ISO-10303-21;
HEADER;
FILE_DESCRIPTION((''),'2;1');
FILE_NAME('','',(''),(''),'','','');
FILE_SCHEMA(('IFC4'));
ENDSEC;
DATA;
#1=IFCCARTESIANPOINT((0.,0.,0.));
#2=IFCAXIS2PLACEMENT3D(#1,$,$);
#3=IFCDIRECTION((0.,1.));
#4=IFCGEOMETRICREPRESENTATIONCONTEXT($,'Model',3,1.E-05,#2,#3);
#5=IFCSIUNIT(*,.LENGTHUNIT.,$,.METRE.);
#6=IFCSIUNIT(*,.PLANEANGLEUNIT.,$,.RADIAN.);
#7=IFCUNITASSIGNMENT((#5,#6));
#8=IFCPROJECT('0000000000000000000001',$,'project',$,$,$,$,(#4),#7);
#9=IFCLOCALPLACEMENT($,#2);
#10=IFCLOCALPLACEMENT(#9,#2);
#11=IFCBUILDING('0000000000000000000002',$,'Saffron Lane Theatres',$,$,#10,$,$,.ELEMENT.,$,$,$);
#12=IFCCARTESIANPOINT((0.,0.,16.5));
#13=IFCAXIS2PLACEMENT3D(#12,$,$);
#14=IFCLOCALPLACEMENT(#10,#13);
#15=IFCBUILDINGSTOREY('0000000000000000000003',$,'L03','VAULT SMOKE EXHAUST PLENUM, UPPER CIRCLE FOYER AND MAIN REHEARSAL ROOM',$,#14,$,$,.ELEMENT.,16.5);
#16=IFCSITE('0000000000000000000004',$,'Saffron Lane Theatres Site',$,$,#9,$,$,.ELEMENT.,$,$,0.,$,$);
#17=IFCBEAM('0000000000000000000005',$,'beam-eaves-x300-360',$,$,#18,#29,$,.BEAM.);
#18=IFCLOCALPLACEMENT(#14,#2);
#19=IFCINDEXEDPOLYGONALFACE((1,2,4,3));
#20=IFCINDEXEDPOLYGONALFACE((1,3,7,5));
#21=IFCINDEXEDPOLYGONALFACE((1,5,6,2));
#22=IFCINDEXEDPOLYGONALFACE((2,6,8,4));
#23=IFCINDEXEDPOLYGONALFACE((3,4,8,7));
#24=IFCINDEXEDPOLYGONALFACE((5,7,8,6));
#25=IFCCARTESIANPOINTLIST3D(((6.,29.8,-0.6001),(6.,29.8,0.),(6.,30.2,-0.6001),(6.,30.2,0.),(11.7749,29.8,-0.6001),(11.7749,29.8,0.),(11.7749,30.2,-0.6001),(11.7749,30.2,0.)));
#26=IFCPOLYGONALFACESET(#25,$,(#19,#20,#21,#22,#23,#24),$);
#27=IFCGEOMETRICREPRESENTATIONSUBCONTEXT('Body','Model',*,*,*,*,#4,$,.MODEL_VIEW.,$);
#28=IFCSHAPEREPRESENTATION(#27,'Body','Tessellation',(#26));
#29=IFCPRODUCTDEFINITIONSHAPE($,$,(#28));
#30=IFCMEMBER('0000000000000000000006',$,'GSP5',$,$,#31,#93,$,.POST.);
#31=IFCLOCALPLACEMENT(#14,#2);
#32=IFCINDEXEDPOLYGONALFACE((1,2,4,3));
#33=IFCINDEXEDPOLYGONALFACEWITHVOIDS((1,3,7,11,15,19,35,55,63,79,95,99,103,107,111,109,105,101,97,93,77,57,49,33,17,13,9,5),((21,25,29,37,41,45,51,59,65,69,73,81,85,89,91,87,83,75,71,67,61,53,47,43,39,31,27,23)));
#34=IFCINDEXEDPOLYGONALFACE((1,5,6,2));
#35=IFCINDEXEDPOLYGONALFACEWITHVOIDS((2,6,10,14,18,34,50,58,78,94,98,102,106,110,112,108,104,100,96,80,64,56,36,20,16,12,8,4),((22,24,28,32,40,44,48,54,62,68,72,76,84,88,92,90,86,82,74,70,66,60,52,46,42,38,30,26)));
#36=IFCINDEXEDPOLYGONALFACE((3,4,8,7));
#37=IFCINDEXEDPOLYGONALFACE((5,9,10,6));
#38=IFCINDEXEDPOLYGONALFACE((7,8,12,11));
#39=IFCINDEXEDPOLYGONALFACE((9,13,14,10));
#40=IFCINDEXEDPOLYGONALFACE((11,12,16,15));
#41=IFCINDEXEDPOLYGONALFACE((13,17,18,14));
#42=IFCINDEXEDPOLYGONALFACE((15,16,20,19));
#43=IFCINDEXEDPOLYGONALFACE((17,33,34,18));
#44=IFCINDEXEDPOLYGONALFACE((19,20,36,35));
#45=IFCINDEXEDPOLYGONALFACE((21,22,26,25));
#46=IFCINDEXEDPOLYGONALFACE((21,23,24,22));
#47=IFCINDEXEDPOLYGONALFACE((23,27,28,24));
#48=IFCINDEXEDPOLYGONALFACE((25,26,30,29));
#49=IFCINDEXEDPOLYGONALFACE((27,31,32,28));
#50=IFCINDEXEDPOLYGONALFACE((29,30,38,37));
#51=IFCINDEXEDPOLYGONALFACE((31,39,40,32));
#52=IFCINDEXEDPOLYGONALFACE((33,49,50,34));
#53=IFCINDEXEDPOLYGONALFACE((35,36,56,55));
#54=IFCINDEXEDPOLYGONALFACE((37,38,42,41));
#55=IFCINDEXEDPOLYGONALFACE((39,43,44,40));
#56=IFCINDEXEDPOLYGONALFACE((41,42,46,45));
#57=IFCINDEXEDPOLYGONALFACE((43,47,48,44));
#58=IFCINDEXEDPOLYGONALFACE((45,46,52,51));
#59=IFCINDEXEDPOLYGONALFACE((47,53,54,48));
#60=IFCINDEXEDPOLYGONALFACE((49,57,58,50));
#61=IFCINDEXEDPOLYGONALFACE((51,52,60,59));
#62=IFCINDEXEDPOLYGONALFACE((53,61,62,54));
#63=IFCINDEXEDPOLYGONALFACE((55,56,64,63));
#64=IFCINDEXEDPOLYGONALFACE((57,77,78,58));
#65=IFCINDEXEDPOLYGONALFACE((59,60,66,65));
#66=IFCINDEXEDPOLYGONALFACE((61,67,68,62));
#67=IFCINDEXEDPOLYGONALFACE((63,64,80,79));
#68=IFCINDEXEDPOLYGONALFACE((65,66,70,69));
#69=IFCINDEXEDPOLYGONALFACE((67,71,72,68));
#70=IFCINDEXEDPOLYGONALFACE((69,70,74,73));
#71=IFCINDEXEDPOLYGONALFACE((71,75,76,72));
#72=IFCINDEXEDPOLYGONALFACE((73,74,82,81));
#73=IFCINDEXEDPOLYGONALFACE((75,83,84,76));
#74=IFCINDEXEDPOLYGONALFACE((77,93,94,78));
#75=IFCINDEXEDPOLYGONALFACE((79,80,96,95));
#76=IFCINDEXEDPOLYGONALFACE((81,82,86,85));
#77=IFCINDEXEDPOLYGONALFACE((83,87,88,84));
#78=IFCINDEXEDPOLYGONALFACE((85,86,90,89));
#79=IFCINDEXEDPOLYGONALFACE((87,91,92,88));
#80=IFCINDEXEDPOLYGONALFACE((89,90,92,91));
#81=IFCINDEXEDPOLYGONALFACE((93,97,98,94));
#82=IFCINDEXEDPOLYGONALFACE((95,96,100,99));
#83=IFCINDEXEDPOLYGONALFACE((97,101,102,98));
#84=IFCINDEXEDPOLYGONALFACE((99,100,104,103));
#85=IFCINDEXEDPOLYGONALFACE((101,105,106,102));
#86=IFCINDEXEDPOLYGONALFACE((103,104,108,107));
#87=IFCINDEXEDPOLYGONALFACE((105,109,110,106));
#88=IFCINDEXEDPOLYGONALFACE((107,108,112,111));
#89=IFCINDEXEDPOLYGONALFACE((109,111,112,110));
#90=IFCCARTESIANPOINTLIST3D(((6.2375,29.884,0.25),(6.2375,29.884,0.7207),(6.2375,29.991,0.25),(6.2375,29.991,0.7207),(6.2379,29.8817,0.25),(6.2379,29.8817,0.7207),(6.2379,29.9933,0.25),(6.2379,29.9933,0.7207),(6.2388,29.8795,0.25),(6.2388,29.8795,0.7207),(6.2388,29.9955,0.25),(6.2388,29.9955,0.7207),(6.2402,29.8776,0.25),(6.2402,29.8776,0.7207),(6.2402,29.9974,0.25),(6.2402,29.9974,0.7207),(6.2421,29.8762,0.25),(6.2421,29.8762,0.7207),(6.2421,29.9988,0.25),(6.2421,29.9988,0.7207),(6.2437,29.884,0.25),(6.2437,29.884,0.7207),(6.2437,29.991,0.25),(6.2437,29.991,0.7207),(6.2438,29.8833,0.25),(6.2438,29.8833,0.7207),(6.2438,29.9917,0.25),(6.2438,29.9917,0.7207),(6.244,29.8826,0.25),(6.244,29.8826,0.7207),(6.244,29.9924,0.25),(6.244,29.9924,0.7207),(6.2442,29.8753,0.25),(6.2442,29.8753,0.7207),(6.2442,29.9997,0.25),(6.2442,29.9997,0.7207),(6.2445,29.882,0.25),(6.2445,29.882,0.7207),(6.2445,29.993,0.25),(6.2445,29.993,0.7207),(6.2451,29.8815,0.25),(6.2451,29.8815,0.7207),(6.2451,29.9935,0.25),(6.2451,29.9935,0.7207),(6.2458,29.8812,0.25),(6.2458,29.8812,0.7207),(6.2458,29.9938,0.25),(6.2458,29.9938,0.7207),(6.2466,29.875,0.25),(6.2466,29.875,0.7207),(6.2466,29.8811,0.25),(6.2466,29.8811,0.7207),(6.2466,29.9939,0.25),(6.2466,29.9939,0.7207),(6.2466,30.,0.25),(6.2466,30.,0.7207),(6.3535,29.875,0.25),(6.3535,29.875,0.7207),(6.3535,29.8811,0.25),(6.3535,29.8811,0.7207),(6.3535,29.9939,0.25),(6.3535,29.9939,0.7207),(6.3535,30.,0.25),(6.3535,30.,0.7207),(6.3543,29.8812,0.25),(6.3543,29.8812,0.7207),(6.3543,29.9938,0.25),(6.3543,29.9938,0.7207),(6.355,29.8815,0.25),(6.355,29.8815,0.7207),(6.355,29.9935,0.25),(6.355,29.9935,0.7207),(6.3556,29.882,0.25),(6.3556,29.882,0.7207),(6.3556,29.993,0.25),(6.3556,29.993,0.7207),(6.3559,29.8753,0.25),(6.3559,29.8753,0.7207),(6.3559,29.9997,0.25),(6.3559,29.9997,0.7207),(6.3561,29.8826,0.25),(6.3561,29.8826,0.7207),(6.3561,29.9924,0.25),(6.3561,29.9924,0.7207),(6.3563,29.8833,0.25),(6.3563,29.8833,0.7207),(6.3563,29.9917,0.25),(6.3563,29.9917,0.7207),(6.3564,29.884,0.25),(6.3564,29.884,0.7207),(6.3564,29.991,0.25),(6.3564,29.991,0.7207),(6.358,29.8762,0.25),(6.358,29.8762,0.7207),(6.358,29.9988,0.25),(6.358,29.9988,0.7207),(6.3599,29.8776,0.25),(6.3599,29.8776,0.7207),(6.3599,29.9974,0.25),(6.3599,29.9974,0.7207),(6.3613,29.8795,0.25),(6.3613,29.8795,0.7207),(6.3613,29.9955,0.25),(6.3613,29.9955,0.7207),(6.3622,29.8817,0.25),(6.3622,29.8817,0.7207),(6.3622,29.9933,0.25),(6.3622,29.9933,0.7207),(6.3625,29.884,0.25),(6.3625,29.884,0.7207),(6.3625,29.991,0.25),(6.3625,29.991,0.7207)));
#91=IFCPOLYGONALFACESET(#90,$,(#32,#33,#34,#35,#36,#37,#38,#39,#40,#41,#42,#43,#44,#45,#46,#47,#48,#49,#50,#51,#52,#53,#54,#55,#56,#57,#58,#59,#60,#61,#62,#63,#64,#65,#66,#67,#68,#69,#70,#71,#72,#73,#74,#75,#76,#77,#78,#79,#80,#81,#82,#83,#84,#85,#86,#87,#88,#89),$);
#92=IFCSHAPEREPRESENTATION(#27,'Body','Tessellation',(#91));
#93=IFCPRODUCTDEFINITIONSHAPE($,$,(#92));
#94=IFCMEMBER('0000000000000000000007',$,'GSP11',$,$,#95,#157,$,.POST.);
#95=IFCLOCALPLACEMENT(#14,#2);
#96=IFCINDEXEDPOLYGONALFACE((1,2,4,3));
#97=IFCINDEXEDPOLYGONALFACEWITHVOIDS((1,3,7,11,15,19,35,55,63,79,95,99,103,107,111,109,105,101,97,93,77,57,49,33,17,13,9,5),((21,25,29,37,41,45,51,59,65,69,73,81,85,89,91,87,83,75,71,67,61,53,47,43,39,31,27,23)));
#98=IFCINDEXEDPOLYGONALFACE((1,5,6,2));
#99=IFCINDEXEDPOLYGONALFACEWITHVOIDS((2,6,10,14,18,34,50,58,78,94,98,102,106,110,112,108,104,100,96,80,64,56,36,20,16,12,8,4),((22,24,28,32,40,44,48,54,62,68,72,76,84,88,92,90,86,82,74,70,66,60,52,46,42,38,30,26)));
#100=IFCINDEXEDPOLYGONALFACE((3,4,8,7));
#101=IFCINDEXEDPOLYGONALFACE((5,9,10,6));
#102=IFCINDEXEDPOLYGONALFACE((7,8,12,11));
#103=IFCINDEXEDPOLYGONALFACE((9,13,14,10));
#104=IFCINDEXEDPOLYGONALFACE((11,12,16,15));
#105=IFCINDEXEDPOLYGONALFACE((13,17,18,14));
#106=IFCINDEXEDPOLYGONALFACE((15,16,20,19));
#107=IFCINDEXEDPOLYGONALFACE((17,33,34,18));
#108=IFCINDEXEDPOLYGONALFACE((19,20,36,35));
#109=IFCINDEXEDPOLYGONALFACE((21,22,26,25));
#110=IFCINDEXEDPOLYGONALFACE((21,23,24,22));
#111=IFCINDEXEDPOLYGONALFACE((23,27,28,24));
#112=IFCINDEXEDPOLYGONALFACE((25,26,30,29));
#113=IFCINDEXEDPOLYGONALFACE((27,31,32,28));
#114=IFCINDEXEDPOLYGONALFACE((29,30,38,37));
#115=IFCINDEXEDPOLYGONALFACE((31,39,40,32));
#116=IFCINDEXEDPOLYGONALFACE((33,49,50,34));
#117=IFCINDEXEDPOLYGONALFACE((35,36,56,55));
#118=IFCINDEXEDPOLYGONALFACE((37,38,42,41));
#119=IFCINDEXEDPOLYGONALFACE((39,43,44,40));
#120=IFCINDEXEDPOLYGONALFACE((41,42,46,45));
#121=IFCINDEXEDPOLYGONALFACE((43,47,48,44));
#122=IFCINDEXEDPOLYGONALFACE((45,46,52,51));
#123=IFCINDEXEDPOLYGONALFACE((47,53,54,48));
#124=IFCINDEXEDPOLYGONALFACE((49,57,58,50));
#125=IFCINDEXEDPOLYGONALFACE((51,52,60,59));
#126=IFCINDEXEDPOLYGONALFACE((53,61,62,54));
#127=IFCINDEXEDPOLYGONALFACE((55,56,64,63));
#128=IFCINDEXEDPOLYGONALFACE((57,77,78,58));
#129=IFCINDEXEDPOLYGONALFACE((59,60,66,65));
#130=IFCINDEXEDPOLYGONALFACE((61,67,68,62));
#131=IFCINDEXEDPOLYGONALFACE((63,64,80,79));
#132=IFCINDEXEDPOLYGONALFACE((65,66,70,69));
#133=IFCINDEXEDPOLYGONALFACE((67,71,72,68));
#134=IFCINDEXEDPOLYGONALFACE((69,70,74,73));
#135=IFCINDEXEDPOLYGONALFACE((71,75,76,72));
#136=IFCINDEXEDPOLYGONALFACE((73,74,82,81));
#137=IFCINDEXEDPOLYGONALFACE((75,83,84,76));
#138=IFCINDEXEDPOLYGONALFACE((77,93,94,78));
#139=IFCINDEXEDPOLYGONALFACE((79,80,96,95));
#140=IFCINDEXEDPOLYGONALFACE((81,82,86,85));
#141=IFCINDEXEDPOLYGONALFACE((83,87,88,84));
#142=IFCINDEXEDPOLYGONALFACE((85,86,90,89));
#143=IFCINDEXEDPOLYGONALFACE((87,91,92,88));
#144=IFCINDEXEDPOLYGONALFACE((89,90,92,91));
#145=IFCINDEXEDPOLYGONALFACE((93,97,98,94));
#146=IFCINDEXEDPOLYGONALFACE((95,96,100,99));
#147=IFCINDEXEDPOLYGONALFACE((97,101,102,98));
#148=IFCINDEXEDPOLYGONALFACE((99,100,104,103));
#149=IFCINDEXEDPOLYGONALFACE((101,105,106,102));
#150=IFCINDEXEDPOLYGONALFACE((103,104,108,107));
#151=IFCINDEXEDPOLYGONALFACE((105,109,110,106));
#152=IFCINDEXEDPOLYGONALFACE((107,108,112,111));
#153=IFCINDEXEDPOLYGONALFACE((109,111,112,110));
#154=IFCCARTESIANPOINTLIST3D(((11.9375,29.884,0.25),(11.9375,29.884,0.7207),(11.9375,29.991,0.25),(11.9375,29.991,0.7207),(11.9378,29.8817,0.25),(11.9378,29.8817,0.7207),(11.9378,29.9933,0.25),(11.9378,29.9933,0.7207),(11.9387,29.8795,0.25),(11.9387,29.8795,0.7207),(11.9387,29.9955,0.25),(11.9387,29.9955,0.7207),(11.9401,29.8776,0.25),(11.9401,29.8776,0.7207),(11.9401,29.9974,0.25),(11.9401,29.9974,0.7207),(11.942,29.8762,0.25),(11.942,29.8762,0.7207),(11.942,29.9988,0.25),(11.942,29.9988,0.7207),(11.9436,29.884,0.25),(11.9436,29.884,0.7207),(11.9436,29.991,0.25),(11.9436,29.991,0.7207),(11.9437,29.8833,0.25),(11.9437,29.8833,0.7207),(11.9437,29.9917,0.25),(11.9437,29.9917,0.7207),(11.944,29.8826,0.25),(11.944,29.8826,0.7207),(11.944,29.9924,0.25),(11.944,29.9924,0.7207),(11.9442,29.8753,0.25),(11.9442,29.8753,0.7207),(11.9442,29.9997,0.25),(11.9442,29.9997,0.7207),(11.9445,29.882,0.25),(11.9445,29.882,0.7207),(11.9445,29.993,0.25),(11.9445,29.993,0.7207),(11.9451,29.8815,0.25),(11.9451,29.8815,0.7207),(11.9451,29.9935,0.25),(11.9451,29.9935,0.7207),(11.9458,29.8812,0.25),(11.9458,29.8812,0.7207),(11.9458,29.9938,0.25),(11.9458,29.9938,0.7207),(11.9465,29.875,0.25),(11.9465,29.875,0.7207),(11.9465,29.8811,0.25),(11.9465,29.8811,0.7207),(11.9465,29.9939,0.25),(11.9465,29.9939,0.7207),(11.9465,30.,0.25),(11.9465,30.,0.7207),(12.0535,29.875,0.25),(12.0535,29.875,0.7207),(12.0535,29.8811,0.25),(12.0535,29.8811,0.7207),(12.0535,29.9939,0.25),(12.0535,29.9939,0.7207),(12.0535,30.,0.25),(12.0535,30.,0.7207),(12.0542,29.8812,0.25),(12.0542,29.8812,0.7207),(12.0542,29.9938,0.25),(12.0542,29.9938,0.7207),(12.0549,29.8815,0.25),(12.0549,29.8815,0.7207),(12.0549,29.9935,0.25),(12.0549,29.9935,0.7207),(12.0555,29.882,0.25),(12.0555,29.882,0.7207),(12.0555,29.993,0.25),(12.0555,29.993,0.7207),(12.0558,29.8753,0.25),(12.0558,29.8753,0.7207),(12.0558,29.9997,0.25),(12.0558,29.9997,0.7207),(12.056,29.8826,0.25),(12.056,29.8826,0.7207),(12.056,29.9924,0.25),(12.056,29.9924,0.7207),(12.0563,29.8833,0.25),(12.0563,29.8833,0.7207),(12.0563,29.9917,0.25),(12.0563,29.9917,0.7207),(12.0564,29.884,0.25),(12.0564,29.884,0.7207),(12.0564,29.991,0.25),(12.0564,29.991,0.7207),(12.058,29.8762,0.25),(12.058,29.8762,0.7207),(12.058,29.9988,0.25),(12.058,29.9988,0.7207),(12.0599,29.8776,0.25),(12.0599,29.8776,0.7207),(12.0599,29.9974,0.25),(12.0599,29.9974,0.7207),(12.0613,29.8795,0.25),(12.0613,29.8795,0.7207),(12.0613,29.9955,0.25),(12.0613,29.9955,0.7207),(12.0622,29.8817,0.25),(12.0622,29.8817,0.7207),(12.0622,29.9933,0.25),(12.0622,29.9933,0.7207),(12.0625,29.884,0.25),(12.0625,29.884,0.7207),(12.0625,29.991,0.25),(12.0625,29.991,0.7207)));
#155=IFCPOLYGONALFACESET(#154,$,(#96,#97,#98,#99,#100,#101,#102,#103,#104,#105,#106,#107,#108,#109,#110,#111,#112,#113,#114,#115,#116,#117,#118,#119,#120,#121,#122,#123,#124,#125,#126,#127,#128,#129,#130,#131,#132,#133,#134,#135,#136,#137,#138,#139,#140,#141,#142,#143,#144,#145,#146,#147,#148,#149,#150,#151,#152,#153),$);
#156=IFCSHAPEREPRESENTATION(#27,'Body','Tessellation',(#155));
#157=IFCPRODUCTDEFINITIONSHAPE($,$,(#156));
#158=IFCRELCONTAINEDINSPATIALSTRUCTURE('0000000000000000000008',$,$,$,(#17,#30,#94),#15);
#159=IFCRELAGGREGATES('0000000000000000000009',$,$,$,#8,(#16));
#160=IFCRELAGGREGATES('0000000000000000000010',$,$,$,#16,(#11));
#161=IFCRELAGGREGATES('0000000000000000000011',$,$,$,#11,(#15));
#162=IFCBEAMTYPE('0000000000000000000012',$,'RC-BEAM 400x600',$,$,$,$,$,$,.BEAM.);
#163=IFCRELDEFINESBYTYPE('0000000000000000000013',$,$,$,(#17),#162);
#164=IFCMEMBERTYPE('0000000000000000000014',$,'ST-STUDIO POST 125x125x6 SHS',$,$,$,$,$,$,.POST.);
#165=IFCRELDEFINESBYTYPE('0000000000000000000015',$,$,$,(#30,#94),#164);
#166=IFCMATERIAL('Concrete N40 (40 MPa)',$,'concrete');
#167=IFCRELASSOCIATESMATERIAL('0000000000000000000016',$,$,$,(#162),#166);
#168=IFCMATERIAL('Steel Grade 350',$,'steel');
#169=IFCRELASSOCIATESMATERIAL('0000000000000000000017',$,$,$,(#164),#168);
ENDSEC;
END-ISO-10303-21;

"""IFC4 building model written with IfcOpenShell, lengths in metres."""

from ifc_helpers import new_model, si_unit, direction, frame, origin, origin_2d, place, context, subcontext, project, spatial, rectangle, hollow_rectangle, extrude, material, material_profile, profile_set, type_object, element, save


model = new_model("IFC4")

# Units and contexts
model_context = context("Model", 3, precision=1e-05, world=origin(), true_north=direction((0.0, 1.0)))
body_context = subcontext(model_context, "Body", "Model", "MODEL_VIEW")
ifc_project = project(units=[si_unit("LENGTHUNIT", "METRE"), si_unit("PLANEANGLEUNIT", "RADIAN")], contexts=[model_context])

# Site, building, storey
site_placement = place(None, origin())
site = spatial("IfcSite", under=ifc_project, at=site_placement, Name="Saffron Lane Theatres Site", CompositionType="ELEMENT", RefElevation=0.0)
building_placement = place(site_placement, origin())
building = spatial("IfcBuilding", under=site, at=building_placement, Name="Saffron Lane Theatres", CompositionType="ELEMENT")
storey_placement = place(building_placement, frame((0.0, 0.0, 16.5)))
storey = spatial("IfcBuildingStorey", under=building, at=storey_placement, Name="L03", Description="VAULT SMOKE EXHAUST PLENUM, UPPER CIRCLE FOYER AND MAIN REHEARSAL ROOM", CompositionType="ELEMENT", Elevation=16.5)

# Beam
ifc_material_1 = material(Name="Concrete N40 (40 MPa)", Category="concrete")
ifc_material_profile_1 = material_profile(ifc_material_1, rectangle(XDim=0.3999, YDim=0.6001, at=origin_2d()))
ifc_profile_set_1 = profile_set([ifc_material_profile_1], Name="Concrete N40 (40 MPa)")
beam_type = type_object("IfcBeamType", Name="RC-BEAM 400x600", PredefinedType="BEAM", material=ifc_profile_set_1)
beam_placement = place(storey_placement, frame((6.0, 30.0, -0.3), z_axis=(1.0, 0.0, 0.0), x_axis=(0.0, 1.0, 0.0)))
element("IfcBeam", 1, at=beam_placement, inside=storey, type_object=beam_type, Name="beam-eaves-x300-360", PredefinedType="BEAM", context=body_context, shape_type="SweptSolid", body=[
    extrude(rectangle(XDim=0.3999, YDim=0.6001, at=origin_2d()), origin(), (0.0, 0.0, 1.0), 5.7749),
])

# Members
ifc_material_2 = material(Name="Steel Grade 350", Category="steel")
ifc_material_profile_2 = material_profile(ifc_material_2, hollow_rectangle(XDim=0.125, YDim=0.125, WallThickness=0.0061, InnerFilletRadius=0.0029, OuterFilletRadius=0.009, at=origin_2d()))
ifc_profile_set_2 = profile_set([ifc_material_profile_2], Name="Steel Grade 350")
member_type_1 = type_object("IfcMemberType", Name="ST-STUDIO POST 125x125x6 SHS", PredefinedType="POST", material=ifc_profile_set_2)
for number, where, z_axis, x_axis, name in (
    (2, (6.3, 29.9375, 0.25), (0.0, 0.0, 1.0), (1.0, 0.0, 0.0), "GSP5"),
    (3, (12.0, 29.9375, 0.25), (0.0, 0.0, 1.0), (1.0, 0.0, 0.0), "GSP11"),
):
    element("IfcMember", number, at=place(storey_placement, frame(where, z_axis=z_axis, x_axis=x_axis)), inside=storey, type_object=member_type_1, Name=name, PredefinedType="POST", context=body_context, shape_type="SweptSolid", body=[
        extrude(hollow_rectangle(XDim=0.125, YDim=0.125, WallThickness=0.0061, InnerFilletRadius=0.0029, OuterFilletRadius=0.009, at=origin_2d()), origin(), (0.0, 0.0, 1.0), 0.4707),
    ])

save(model, "model.ifc")
